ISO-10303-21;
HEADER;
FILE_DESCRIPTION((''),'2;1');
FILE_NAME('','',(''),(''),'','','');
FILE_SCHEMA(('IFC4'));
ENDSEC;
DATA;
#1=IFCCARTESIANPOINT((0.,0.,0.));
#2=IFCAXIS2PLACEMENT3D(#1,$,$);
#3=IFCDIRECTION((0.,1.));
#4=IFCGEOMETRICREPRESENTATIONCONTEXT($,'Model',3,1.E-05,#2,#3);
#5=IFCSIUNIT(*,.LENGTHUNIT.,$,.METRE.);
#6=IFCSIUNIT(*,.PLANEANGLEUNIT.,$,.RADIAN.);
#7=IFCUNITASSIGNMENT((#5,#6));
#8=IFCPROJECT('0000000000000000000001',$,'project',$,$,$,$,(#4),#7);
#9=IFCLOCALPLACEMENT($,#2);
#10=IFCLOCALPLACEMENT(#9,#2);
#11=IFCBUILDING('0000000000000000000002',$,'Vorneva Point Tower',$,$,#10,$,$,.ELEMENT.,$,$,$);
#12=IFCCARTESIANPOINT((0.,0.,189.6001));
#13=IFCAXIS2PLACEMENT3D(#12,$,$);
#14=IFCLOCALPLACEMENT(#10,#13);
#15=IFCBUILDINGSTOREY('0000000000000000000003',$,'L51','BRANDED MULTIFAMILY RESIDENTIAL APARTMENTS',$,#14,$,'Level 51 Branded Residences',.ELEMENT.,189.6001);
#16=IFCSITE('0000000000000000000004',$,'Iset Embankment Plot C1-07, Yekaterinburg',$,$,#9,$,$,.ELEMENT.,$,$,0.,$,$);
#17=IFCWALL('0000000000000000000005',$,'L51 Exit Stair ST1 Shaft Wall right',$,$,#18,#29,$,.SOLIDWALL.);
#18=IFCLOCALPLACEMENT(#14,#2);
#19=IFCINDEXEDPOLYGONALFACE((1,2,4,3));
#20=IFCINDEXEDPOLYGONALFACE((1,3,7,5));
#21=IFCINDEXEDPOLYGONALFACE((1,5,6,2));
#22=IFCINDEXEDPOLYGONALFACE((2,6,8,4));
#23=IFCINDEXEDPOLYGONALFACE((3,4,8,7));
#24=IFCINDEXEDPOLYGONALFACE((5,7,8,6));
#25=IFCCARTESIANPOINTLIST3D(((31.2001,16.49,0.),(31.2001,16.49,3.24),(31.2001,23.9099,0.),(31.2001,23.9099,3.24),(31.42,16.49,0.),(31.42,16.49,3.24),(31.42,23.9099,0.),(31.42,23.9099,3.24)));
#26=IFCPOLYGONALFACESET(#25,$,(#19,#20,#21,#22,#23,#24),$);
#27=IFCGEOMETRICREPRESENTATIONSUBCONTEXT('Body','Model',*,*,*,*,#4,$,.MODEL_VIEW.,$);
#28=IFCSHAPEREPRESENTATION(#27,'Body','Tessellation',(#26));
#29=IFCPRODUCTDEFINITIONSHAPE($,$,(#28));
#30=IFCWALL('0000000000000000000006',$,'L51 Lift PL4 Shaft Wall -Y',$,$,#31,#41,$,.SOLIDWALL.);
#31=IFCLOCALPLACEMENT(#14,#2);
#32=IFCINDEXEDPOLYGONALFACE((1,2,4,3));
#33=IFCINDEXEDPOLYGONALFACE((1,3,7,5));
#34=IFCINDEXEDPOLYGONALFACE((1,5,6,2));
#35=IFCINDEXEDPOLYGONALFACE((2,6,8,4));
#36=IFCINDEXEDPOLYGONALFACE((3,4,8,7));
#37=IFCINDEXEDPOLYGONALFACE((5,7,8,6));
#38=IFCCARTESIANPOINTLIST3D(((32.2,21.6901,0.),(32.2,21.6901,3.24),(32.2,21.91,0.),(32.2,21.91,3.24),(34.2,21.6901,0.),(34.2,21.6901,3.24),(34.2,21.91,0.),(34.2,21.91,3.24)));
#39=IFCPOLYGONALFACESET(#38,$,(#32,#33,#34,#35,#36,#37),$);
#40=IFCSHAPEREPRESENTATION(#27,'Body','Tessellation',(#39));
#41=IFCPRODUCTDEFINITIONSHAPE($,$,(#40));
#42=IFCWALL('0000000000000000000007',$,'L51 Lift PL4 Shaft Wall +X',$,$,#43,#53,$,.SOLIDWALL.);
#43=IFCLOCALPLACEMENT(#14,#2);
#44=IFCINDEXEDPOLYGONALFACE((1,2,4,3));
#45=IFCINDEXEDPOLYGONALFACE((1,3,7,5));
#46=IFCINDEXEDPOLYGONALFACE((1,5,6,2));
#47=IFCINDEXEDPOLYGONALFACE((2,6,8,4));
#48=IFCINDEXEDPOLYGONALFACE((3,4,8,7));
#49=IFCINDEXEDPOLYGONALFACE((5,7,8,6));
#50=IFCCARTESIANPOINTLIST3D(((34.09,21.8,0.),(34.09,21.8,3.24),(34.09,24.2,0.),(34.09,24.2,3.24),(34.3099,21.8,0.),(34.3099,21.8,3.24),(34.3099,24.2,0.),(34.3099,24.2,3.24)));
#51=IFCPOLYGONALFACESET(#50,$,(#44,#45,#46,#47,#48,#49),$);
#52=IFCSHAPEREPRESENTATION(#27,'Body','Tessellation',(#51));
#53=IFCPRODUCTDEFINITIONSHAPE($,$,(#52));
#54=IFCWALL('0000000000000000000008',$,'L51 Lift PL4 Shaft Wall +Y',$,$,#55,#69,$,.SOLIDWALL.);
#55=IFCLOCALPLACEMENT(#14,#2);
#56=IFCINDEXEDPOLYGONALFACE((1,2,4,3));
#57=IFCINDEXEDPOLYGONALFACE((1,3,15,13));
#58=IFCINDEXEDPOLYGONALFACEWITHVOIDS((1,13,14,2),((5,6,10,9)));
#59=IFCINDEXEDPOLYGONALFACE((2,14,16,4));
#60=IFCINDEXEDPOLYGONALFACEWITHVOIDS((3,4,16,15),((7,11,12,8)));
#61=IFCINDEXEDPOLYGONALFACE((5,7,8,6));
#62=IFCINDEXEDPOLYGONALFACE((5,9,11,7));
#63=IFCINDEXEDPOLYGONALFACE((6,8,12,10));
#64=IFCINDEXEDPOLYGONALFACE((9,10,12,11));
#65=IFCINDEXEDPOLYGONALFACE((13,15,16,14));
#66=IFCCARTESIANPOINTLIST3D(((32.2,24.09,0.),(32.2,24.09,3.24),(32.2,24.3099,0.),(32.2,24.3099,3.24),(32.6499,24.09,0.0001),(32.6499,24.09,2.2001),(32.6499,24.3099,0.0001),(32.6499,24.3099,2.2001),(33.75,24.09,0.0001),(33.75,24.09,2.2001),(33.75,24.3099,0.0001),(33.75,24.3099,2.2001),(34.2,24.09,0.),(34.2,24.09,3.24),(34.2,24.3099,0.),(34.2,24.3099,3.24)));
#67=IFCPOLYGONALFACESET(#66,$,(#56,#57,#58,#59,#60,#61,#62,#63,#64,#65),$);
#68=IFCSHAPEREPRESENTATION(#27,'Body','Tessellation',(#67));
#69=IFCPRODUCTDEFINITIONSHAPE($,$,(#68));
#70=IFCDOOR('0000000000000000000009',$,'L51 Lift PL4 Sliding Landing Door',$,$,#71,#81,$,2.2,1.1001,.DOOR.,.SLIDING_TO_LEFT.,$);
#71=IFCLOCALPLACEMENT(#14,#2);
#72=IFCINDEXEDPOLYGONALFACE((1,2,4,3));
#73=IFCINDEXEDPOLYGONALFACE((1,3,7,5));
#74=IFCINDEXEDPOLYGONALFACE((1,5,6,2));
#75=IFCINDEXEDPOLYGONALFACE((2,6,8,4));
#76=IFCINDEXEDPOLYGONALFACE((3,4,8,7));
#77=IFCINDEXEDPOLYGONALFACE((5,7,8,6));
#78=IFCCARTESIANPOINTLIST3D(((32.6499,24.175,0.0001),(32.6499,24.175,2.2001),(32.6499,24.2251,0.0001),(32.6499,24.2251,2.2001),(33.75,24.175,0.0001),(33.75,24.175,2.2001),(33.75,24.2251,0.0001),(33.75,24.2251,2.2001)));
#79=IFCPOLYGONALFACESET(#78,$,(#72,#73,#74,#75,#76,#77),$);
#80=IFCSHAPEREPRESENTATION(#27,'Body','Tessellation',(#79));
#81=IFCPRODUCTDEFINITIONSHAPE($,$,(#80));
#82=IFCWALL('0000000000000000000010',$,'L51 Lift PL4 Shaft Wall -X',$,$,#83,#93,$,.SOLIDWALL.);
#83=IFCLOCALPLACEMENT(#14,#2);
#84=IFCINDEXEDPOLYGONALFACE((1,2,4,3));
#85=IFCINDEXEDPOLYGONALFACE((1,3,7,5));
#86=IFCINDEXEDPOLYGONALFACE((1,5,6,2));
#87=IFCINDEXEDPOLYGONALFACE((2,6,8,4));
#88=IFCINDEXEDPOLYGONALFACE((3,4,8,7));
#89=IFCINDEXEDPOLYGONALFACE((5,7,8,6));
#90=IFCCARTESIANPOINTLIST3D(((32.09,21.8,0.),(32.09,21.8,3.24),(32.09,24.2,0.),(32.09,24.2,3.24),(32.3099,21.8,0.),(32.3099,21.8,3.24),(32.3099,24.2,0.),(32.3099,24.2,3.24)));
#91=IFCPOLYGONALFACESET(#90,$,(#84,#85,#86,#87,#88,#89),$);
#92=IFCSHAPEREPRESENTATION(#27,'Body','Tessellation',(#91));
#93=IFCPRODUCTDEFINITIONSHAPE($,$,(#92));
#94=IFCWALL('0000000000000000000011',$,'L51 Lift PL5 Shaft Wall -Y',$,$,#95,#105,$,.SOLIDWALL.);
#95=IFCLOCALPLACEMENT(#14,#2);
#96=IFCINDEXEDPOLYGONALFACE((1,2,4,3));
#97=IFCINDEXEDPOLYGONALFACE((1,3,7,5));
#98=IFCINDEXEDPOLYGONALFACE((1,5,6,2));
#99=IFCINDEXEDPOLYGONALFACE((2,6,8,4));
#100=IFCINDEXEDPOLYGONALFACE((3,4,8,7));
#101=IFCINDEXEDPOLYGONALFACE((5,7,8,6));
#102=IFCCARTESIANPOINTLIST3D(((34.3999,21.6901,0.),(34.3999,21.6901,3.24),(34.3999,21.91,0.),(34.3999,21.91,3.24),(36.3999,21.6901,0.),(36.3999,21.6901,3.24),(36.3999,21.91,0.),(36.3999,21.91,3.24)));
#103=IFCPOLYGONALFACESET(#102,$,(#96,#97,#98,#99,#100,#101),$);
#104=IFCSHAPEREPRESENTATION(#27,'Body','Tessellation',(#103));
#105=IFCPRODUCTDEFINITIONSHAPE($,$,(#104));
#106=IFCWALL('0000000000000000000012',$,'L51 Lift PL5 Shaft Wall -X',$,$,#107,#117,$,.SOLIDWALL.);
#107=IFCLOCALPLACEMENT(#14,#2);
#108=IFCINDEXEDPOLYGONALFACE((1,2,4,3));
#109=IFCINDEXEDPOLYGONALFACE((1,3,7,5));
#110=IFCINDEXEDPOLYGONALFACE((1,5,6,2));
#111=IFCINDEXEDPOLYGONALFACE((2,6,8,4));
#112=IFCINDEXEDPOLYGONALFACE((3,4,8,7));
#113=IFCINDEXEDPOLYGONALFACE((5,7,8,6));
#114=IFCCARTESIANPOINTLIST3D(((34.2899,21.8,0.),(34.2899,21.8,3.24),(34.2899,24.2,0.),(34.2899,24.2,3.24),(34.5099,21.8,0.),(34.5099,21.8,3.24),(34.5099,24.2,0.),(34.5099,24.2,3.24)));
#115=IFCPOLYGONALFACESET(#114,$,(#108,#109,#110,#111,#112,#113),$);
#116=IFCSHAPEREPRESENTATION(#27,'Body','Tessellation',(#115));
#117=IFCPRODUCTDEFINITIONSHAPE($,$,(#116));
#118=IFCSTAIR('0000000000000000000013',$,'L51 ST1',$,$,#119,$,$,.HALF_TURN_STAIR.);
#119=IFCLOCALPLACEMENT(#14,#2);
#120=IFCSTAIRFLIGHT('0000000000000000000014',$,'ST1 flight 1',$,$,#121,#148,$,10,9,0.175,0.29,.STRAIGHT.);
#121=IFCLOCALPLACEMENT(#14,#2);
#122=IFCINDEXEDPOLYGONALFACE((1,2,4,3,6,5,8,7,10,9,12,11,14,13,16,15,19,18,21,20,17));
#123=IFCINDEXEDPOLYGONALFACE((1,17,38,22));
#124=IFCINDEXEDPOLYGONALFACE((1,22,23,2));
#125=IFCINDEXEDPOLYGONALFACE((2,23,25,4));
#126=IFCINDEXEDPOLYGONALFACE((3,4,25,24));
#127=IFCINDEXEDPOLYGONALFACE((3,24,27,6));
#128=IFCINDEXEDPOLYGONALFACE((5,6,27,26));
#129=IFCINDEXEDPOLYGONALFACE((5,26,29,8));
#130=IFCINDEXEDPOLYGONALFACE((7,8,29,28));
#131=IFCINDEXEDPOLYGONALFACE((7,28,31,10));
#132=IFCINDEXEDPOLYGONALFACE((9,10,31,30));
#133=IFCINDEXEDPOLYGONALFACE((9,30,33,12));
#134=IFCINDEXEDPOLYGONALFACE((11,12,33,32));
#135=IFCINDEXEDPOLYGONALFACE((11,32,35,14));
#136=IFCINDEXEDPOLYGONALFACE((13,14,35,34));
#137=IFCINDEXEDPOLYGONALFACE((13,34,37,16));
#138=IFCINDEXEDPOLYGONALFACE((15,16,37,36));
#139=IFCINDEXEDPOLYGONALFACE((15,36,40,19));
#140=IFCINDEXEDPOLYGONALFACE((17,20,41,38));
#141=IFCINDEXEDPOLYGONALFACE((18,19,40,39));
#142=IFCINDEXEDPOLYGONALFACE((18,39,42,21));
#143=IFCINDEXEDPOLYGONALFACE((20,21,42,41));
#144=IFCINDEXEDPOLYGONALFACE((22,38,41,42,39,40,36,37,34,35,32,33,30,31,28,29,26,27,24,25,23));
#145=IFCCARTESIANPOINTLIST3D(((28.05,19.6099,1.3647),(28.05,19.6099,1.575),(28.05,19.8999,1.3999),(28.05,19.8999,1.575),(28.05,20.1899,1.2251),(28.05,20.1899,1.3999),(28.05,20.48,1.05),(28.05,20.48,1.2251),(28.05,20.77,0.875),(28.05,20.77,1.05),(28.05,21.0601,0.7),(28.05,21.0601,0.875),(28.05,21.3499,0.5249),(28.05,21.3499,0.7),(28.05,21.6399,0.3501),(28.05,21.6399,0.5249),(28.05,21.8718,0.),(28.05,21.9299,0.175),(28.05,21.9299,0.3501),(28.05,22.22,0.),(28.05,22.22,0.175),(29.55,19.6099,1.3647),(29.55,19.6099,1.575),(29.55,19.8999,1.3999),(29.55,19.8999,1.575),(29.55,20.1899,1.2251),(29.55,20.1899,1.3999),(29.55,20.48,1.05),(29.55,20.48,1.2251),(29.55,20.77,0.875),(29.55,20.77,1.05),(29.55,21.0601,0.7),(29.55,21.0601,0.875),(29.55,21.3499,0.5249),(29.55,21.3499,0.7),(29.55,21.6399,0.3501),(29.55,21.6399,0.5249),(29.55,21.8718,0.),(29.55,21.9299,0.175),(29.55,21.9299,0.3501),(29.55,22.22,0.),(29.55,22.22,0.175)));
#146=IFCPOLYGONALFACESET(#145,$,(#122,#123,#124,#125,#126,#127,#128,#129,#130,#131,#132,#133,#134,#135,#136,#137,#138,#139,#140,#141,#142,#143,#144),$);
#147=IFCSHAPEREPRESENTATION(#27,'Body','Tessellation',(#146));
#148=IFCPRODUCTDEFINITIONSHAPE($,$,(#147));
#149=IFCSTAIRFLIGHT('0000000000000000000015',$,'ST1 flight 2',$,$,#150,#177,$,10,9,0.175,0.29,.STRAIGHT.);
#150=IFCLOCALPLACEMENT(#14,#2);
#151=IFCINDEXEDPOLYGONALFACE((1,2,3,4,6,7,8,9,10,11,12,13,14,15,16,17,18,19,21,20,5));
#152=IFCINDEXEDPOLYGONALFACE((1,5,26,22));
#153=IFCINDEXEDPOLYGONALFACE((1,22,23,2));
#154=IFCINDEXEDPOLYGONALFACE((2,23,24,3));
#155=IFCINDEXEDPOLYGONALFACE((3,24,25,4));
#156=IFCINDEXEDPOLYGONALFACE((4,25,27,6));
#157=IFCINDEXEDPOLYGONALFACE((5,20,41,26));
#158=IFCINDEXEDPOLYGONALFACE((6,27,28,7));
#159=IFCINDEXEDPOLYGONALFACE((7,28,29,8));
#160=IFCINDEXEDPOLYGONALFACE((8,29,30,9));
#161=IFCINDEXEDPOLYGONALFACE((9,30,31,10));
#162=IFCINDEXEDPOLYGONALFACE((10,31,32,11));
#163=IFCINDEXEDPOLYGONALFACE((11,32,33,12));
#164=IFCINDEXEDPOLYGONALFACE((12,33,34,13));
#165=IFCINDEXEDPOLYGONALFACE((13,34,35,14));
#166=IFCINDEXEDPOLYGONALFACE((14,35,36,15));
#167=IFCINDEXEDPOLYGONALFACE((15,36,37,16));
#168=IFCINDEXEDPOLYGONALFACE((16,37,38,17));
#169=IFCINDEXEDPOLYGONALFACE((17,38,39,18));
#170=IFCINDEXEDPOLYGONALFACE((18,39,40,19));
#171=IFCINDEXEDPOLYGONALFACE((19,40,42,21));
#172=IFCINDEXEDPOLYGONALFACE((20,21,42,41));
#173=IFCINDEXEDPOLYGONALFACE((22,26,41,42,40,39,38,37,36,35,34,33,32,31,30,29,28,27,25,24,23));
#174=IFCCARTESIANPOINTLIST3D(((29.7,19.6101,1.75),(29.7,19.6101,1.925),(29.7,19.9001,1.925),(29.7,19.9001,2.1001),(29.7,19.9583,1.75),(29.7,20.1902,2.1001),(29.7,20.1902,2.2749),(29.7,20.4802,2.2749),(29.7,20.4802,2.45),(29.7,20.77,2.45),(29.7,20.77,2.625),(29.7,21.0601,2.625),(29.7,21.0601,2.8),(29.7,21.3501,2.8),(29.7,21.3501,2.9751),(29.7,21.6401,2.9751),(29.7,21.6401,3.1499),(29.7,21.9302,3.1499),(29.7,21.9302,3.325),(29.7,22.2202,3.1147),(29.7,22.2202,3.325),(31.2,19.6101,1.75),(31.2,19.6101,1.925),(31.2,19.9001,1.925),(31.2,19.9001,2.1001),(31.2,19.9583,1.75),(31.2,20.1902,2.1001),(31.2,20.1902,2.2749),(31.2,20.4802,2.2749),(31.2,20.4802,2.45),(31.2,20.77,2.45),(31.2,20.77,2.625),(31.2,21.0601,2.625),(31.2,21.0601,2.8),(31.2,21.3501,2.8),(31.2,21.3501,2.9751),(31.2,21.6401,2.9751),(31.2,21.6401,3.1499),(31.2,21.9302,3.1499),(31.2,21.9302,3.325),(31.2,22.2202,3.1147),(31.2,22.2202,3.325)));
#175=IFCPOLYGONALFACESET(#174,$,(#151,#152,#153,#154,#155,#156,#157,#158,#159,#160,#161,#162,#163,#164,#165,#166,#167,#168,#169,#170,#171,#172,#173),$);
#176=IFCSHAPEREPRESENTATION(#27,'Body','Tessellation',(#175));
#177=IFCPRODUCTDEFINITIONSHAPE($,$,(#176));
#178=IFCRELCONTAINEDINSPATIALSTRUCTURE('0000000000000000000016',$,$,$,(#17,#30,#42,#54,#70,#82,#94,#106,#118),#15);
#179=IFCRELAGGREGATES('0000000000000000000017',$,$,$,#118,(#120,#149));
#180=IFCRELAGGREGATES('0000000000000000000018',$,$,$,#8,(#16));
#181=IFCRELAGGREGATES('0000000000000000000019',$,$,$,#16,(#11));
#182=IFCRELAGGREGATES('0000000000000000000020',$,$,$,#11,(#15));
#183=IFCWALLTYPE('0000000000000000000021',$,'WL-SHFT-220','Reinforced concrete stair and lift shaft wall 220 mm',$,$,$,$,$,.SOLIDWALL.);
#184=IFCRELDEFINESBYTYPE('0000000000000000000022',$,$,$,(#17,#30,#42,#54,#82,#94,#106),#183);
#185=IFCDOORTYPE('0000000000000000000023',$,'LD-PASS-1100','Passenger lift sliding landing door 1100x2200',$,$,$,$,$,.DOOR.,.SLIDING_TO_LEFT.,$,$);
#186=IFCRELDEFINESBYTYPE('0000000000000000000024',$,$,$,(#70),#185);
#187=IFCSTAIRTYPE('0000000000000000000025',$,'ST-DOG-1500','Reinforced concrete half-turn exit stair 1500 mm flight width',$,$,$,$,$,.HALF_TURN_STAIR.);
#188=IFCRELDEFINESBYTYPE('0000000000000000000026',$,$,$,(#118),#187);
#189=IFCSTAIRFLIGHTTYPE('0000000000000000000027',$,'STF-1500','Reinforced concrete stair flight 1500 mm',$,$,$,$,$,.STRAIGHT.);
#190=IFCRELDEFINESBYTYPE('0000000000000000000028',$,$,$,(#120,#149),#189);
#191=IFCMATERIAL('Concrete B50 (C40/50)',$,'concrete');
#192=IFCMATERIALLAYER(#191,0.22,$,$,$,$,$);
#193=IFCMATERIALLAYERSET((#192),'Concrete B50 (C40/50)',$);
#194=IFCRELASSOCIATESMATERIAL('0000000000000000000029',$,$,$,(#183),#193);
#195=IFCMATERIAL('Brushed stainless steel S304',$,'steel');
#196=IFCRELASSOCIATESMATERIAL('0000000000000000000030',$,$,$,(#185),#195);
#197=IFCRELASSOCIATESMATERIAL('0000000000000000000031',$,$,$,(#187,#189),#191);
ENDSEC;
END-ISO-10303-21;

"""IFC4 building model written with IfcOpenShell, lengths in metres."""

from ifc_helpers import new_model, si_unit, direction, frame, frame_2d, origin, place, context, subcontext, project, spatial, polyline, rectangle, outline, extrude, material, layer, layer_set, type_object, element, fill, aggregate, save


model = new_model("IFC4")

# Units and contexts
model_context = context("Model", 3, precision=1e-05, world=origin(), true_north=direction((0.0, 1.0)))
body_context = subcontext(model_context, "Body", "Model", "MODEL_VIEW")
ifc_project = project(units=[si_unit("LENGTHUNIT", "METRE"), si_unit("PLANEANGLEUNIT", "RADIAN")], contexts=[model_context])

# Site, building, storey
site_placement = place(None, origin())
site = spatial("IfcSite", under=ifc_project, at=site_placement, Name="Iset Embankment Plot C1-07, Yekaterinburg", CompositionType="ELEMENT", RefElevation=0.0)
building_placement = place(site_placement, origin())
building = spatial("IfcBuilding", under=site, at=building_placement, Name="Vorneva Point Tower", CompositionType="ELEMENT")
storey_placement = place(building_placement, frame((0.0, 0.0, 189.6001)))
storey = spatial("IfcBuildingStorey", under=building, at=storey_placement, Name="L51", Description="BRANDED MULTIFAMILY RESIDENTIAL APARTMENTS", LongName="Level 51 Branded Residences", CompositionType="ELEMENT", Elevation=189.6001)

# Shared definitions
ifc_material_1 = material(Name="Concrete B50 (C40/50)", Category="concrete")

# Shared definitions
ifc_layer_1 = layer(ifc_material_1, 0.22)
ifc_layer_set_1 = layer_set([ifc_layer_1], Name="Concrete B50 (C40/50)")
wall_type_1 = type_object("IfcWallType", Name="WL-SHFT-220", Description="Reinforced concrete stair and lift shaft wall 220 mm", PredefinedType="SOLIDWALL", material=ifc_layer_set_1)

# Walls
wall_1_placement = place(storey_placement, frame((31.3101, 23.9099, 0.0), z_axis=(0.0, 0.0, 1.0), x_axis=(0.0, -1.0, 0.0)))
element("IfcWall", 1, at=wall_1_placement, inside=storey, type_object=wall_type_1, Name="L51 Exit Stair ST1 Shaft Wall right", PredefinedType="SOLIDWALL", context=body_context, shape_type="SweptSolid", body=[
    extrude(rectangle(XDim=7.4199, YDim=0.22, at=frame_2d((3.71, 0.0))), origin(), (0.0, 0.0, 1.0), 3.24),
])
wall_2_placement = place(storey_placement, frame((32.2, 21.8, 0.0), z_axis=(0.0, 0.0, 1.0), x_axis=(1.0, 0.0, 0.0)))
element("IfcWall", 2, at=wall_2_placement, inside=storey, type_object=wall_type_1, Name="L51 Lift PL4 Shaft Wall -Y", PredefinedType="SOLIDWALL", context=body_context, shape_type="SweptSolid", body=[
    extrude(rectangle(XDim=2.0, YDim=0.22, at=frame_2d((1.0, 0.0))), origin(), (0.0, 0.0, 1.0), 3.24),
])
wall_3_placement = place(storey_placement, frame((34.2, 21.8, 0.0), z_axis=(0.0, 0.0, 1.0), x_axis=(0.0, 1.0, 0.0)))
element("IfcWall", 3, at=wall_3_placement, inside=storey, type_object=wall_type_1, Name="L51 Lift PL4 Shaft Wall +X", PredefinedType="SOLIDWALL", context=body_context, shape_type="SweptSolid", body=[
    extrude(rectangle(XDim=2.3999, YDim=0.22, at=frame_2d((1.2, 0.0))), origin(), (0.0, 0.0, 1.0), 3.24),
])

# Wall, opening, door
wall_4_placement = place(storey_placement, frame((34.2, 24.2, 0.0), z_axis=(0.0, 0.0, 1.0), x_axis=(-1.0, 0.0, 0.0)))
wall_4 = element("IfcWall", 4, at=wall_4_placement, inside=storey, type_object=wall_type_1, Name="L51 Lift PL4 Shaft Wall +Y", PredefinedType="SOLIDWALL", context=body_context, shape_type="SweptSolid", body=[
    extrude(rectangle(XDim=2.0, YDim=0.22, at=frame_2d((1.0, 0.0))), origin(), (0.0, 0.0, 1.0), 3.24),
])
opening_1_placement = place(wall_4_placement, frame((0.45, 0.0, 0.0)))
opening_1 = element("IfcOpeningElement", 5, at=opening_1_placement, cuts=wall_4, PredefinedType="OPENING", context=body_context, shape_type="SweptSolid", body=[
    extrude(rectangle(XDim=1.1001, YDim=2.2, at=frame_2d((0.55, 1.1001))), frame((0.0, 0.125, 0.0), z_axis=(0.0, -1.0, 0.0), x_axis=(1.0, 0.0, 0.0)), (0.0, 0.0, 1.0), 0.2498),
])
ifc_material_2 = material(Name="Brushed stainless steel S304", Category="steel")
door_type_1 = type_object("IfcDoorType", Name="LD-PASS-1100", Description="Passenger lift sliding landing door 1100x2200", OperationType="SLIDING_TO_LEFT", PredefinedType="DOOR", material=ifc_material_2)
door_1_placement = place(opening_1_placement, origin())
door_1 = element("IfcDoor", 6, at=door_1_placement, inside=storey, type_object=door_type_1, Name="L51 Lift PL4 Sliding Landing Door", OperationType="SLIDING_TO_LEFT", OverallHeight=2.2, OverallWidth=1.1001, PredefinedType="DOOR", context=body_context, shape_type="SweptSolid", body=[
    extrude(rectangle(XDim=1.1001, YDim=2.2, at=frame_2d((0.55, 1.1001))), frame((0.0, 0.0249, 0.0), z_axis=(0.0, -1.0, 0.0), x_axis=(1.0, 0.0, 0.0)), (0.0, 0.0, 1.0), 0.05),
])
fill(opening_1, door_1)

# Walls
wall_5_placement = place(storey_placement, frame((32.2, 24.2, 0.0), z_axis=(0.0, 0.0, 1.0), x_axis=(0.0, -1.0, 0.0)))
element("IfcWall", 7, at=wall_5_placement, inside=storey, type_object=wall_type_1, Name="L51 Lift PL4 Shaft Wall -X", PredefinedType="SOLIDWALL", context=body_context, shape_type="SweptSolid", body=[
    extrude(rectangle(XDim=2.3999, YDim=0.22, at=frame_2d((1.2, 0.0))), origin(), (0.0, 0.0, 1.0), 3.24),
])
wall_6_placement = place(storey_placement, frame((34.3999, 21.8, 0.0), z_axis=(0.0, 0.0, 1.0), x_axis=(1.0, 0.0, 0.0)))
element("IfcWall", 8, at=wall_6_placement, inside=storey, type_object=wall_type_1, Name="L51 Lift PL5 Shaft Wall -Y", PredefinedType="SOLIDWALL", context=body_context, shape_type="SweptSolid", body=[
    extrude(rectangle(XDim=2.0, YDim=0.22, at=frame_2d((1.0, 0.0))), origin(), (0.0, 0.0, 1.0), 3.24),
])
wall_7_placement = place(storey_placement, frame((34.3999, 24.2, 0.0), z_axis=(0.0, 0.0, 1.0), x_axis=(0.0, -1.0, 0.0)))
element("IfcWall", 9, at=wall_7_placement, inside=storey, type_object=wall_type_1, Name="L51 Lift PL5 Shaft Wall -X", PredefinedType="SOLIDWALL", context=body_context, shape_type="SweptSolid", body=[
    extrude(rectangle(XDim=2.3999, YDim=0.22, at=frame_2d((1.2, 0.0))), origin(), (0.0, 0.0, 1.0), 3.24),
])

# Stair, stair flights
stair_type = type_object("IfcStairType", Name="ST-DOG-1500", Description="Reinforced concrete half-turn exit stair 1500 mm flight width", PredefinedType="HALF_TURN_STAIR", material=ifc_material_1)
stair_placement = place(storey_placement, origin())
stair = element("IfcStair", 10, at=stair_placement, inside=storey, type_object=stair_type, Name="L51 ST1", PredefinedType="HALF_TURN_STAIR")
stair_flight_type = type_object("IfcStairFlightType", Name="STF-1500", Description="Reinforced concrete stair flight 1500 mm", PredefinedType="STRAIGHT", material=ifc_material_1)
stair_flight_1_placement = place(storey_placement, frame((28.8, 22.22, 0.0), z_axis=(0.0, 0.0, 1.0), x_axis=(0.0, -1.0, 0.0)))
stair_flight_1 = element("IfcStairFlight", 11, at=stair_flight_1_placement, type_object=stair_flight_type, Name="ST1 flight 1", NumberOfRisers=10, NumberOfTreads=9, PredefinedType="STRAIGHT", RiserHeight=0.175, TreadLength=0.29, context=body_context, shape_type="SweptSolid", body=[
    extrude(outline(polyline([(0.0, 0.0), (0.0, 0.175), (0.29, 0.175), (0.29, 0.3501), (0.5801, 0.3501), (0.5801, 0.5249), (0.8701, 0.5249), (0.8701, 0.7), (1.1599, 0.7), (1.1599, 0.875), (1.45, 0.875), (1.45, 1.05), (1.74, 1.05), (1.74, 1.2251), (2.03, 1.2251), (2.03, 1.3999), (2.3201, 1.3999), (2.3201, 1.575), (2.6101, 1.575), (2.6101, 1.75), (2.6101, 1.3647), (0.3481, 0.0), (0.0, 0.0)])), frame((0.0, 0.75, 0.0), z_axis=(0.0, -1.0, 0.0), x_axis=(1.0, 0.0, 0.0)), (0.0, 0.0, 1.0), 1.5),
])
stair_flight_2_placement = place(storey_placement, frame((30.45, 19.6101, 1.75), z_axis=(0.0, 0.0, 1.0), x_axis=(0.0, 1.0, 0.0)))
stair_flight_2 = element("IfcStairFlight", 12, at=stair_flight_2_placement, type_object=stair_flight_type, Name="ST1 flight 2", NumberOfRisers=10, NumberOfTreads=9, PredefinedType="STRAIGHT", RiserHeight=0.175, TreadLength=0.29, context=body_context, shape_type="SweptSolid", body=[
    extrude(outline(polyline([(0.0, 0.0), (0.0, 0.175), (0.29, 0.175), (0.29, 0.3501), (0.5801, 0.3501), (0.5801, 0.5249), (0.8701, 0.5249), (0.8701, 0.7), (1.1599, 0.7), (1.1599, 0.875), (1.45, 0.875), (1.45, 1.05), (1.74, 1.05), (1.74, 1.2251), (2.03, 1.2251), (2.03, 1.3999), (2.3201, 1.3999), (2.3201, 1.575), (2.6101, 1.575), (2.6101, 1.75), (2.6101, 1.3647), (0.3481, 0.0), (0.0, 0.0)])), frame((0.0, 0.75, 0.0), z_axis=(0.0, -1.0, 0.0), x_axis=(1.0, 0.0, 0.0)), (0.0, 0.0, 1.0), 1.5),
])
aggregate(stair, [stair_flight_1, stair_flight_2])

save(model, "model.ifc")
